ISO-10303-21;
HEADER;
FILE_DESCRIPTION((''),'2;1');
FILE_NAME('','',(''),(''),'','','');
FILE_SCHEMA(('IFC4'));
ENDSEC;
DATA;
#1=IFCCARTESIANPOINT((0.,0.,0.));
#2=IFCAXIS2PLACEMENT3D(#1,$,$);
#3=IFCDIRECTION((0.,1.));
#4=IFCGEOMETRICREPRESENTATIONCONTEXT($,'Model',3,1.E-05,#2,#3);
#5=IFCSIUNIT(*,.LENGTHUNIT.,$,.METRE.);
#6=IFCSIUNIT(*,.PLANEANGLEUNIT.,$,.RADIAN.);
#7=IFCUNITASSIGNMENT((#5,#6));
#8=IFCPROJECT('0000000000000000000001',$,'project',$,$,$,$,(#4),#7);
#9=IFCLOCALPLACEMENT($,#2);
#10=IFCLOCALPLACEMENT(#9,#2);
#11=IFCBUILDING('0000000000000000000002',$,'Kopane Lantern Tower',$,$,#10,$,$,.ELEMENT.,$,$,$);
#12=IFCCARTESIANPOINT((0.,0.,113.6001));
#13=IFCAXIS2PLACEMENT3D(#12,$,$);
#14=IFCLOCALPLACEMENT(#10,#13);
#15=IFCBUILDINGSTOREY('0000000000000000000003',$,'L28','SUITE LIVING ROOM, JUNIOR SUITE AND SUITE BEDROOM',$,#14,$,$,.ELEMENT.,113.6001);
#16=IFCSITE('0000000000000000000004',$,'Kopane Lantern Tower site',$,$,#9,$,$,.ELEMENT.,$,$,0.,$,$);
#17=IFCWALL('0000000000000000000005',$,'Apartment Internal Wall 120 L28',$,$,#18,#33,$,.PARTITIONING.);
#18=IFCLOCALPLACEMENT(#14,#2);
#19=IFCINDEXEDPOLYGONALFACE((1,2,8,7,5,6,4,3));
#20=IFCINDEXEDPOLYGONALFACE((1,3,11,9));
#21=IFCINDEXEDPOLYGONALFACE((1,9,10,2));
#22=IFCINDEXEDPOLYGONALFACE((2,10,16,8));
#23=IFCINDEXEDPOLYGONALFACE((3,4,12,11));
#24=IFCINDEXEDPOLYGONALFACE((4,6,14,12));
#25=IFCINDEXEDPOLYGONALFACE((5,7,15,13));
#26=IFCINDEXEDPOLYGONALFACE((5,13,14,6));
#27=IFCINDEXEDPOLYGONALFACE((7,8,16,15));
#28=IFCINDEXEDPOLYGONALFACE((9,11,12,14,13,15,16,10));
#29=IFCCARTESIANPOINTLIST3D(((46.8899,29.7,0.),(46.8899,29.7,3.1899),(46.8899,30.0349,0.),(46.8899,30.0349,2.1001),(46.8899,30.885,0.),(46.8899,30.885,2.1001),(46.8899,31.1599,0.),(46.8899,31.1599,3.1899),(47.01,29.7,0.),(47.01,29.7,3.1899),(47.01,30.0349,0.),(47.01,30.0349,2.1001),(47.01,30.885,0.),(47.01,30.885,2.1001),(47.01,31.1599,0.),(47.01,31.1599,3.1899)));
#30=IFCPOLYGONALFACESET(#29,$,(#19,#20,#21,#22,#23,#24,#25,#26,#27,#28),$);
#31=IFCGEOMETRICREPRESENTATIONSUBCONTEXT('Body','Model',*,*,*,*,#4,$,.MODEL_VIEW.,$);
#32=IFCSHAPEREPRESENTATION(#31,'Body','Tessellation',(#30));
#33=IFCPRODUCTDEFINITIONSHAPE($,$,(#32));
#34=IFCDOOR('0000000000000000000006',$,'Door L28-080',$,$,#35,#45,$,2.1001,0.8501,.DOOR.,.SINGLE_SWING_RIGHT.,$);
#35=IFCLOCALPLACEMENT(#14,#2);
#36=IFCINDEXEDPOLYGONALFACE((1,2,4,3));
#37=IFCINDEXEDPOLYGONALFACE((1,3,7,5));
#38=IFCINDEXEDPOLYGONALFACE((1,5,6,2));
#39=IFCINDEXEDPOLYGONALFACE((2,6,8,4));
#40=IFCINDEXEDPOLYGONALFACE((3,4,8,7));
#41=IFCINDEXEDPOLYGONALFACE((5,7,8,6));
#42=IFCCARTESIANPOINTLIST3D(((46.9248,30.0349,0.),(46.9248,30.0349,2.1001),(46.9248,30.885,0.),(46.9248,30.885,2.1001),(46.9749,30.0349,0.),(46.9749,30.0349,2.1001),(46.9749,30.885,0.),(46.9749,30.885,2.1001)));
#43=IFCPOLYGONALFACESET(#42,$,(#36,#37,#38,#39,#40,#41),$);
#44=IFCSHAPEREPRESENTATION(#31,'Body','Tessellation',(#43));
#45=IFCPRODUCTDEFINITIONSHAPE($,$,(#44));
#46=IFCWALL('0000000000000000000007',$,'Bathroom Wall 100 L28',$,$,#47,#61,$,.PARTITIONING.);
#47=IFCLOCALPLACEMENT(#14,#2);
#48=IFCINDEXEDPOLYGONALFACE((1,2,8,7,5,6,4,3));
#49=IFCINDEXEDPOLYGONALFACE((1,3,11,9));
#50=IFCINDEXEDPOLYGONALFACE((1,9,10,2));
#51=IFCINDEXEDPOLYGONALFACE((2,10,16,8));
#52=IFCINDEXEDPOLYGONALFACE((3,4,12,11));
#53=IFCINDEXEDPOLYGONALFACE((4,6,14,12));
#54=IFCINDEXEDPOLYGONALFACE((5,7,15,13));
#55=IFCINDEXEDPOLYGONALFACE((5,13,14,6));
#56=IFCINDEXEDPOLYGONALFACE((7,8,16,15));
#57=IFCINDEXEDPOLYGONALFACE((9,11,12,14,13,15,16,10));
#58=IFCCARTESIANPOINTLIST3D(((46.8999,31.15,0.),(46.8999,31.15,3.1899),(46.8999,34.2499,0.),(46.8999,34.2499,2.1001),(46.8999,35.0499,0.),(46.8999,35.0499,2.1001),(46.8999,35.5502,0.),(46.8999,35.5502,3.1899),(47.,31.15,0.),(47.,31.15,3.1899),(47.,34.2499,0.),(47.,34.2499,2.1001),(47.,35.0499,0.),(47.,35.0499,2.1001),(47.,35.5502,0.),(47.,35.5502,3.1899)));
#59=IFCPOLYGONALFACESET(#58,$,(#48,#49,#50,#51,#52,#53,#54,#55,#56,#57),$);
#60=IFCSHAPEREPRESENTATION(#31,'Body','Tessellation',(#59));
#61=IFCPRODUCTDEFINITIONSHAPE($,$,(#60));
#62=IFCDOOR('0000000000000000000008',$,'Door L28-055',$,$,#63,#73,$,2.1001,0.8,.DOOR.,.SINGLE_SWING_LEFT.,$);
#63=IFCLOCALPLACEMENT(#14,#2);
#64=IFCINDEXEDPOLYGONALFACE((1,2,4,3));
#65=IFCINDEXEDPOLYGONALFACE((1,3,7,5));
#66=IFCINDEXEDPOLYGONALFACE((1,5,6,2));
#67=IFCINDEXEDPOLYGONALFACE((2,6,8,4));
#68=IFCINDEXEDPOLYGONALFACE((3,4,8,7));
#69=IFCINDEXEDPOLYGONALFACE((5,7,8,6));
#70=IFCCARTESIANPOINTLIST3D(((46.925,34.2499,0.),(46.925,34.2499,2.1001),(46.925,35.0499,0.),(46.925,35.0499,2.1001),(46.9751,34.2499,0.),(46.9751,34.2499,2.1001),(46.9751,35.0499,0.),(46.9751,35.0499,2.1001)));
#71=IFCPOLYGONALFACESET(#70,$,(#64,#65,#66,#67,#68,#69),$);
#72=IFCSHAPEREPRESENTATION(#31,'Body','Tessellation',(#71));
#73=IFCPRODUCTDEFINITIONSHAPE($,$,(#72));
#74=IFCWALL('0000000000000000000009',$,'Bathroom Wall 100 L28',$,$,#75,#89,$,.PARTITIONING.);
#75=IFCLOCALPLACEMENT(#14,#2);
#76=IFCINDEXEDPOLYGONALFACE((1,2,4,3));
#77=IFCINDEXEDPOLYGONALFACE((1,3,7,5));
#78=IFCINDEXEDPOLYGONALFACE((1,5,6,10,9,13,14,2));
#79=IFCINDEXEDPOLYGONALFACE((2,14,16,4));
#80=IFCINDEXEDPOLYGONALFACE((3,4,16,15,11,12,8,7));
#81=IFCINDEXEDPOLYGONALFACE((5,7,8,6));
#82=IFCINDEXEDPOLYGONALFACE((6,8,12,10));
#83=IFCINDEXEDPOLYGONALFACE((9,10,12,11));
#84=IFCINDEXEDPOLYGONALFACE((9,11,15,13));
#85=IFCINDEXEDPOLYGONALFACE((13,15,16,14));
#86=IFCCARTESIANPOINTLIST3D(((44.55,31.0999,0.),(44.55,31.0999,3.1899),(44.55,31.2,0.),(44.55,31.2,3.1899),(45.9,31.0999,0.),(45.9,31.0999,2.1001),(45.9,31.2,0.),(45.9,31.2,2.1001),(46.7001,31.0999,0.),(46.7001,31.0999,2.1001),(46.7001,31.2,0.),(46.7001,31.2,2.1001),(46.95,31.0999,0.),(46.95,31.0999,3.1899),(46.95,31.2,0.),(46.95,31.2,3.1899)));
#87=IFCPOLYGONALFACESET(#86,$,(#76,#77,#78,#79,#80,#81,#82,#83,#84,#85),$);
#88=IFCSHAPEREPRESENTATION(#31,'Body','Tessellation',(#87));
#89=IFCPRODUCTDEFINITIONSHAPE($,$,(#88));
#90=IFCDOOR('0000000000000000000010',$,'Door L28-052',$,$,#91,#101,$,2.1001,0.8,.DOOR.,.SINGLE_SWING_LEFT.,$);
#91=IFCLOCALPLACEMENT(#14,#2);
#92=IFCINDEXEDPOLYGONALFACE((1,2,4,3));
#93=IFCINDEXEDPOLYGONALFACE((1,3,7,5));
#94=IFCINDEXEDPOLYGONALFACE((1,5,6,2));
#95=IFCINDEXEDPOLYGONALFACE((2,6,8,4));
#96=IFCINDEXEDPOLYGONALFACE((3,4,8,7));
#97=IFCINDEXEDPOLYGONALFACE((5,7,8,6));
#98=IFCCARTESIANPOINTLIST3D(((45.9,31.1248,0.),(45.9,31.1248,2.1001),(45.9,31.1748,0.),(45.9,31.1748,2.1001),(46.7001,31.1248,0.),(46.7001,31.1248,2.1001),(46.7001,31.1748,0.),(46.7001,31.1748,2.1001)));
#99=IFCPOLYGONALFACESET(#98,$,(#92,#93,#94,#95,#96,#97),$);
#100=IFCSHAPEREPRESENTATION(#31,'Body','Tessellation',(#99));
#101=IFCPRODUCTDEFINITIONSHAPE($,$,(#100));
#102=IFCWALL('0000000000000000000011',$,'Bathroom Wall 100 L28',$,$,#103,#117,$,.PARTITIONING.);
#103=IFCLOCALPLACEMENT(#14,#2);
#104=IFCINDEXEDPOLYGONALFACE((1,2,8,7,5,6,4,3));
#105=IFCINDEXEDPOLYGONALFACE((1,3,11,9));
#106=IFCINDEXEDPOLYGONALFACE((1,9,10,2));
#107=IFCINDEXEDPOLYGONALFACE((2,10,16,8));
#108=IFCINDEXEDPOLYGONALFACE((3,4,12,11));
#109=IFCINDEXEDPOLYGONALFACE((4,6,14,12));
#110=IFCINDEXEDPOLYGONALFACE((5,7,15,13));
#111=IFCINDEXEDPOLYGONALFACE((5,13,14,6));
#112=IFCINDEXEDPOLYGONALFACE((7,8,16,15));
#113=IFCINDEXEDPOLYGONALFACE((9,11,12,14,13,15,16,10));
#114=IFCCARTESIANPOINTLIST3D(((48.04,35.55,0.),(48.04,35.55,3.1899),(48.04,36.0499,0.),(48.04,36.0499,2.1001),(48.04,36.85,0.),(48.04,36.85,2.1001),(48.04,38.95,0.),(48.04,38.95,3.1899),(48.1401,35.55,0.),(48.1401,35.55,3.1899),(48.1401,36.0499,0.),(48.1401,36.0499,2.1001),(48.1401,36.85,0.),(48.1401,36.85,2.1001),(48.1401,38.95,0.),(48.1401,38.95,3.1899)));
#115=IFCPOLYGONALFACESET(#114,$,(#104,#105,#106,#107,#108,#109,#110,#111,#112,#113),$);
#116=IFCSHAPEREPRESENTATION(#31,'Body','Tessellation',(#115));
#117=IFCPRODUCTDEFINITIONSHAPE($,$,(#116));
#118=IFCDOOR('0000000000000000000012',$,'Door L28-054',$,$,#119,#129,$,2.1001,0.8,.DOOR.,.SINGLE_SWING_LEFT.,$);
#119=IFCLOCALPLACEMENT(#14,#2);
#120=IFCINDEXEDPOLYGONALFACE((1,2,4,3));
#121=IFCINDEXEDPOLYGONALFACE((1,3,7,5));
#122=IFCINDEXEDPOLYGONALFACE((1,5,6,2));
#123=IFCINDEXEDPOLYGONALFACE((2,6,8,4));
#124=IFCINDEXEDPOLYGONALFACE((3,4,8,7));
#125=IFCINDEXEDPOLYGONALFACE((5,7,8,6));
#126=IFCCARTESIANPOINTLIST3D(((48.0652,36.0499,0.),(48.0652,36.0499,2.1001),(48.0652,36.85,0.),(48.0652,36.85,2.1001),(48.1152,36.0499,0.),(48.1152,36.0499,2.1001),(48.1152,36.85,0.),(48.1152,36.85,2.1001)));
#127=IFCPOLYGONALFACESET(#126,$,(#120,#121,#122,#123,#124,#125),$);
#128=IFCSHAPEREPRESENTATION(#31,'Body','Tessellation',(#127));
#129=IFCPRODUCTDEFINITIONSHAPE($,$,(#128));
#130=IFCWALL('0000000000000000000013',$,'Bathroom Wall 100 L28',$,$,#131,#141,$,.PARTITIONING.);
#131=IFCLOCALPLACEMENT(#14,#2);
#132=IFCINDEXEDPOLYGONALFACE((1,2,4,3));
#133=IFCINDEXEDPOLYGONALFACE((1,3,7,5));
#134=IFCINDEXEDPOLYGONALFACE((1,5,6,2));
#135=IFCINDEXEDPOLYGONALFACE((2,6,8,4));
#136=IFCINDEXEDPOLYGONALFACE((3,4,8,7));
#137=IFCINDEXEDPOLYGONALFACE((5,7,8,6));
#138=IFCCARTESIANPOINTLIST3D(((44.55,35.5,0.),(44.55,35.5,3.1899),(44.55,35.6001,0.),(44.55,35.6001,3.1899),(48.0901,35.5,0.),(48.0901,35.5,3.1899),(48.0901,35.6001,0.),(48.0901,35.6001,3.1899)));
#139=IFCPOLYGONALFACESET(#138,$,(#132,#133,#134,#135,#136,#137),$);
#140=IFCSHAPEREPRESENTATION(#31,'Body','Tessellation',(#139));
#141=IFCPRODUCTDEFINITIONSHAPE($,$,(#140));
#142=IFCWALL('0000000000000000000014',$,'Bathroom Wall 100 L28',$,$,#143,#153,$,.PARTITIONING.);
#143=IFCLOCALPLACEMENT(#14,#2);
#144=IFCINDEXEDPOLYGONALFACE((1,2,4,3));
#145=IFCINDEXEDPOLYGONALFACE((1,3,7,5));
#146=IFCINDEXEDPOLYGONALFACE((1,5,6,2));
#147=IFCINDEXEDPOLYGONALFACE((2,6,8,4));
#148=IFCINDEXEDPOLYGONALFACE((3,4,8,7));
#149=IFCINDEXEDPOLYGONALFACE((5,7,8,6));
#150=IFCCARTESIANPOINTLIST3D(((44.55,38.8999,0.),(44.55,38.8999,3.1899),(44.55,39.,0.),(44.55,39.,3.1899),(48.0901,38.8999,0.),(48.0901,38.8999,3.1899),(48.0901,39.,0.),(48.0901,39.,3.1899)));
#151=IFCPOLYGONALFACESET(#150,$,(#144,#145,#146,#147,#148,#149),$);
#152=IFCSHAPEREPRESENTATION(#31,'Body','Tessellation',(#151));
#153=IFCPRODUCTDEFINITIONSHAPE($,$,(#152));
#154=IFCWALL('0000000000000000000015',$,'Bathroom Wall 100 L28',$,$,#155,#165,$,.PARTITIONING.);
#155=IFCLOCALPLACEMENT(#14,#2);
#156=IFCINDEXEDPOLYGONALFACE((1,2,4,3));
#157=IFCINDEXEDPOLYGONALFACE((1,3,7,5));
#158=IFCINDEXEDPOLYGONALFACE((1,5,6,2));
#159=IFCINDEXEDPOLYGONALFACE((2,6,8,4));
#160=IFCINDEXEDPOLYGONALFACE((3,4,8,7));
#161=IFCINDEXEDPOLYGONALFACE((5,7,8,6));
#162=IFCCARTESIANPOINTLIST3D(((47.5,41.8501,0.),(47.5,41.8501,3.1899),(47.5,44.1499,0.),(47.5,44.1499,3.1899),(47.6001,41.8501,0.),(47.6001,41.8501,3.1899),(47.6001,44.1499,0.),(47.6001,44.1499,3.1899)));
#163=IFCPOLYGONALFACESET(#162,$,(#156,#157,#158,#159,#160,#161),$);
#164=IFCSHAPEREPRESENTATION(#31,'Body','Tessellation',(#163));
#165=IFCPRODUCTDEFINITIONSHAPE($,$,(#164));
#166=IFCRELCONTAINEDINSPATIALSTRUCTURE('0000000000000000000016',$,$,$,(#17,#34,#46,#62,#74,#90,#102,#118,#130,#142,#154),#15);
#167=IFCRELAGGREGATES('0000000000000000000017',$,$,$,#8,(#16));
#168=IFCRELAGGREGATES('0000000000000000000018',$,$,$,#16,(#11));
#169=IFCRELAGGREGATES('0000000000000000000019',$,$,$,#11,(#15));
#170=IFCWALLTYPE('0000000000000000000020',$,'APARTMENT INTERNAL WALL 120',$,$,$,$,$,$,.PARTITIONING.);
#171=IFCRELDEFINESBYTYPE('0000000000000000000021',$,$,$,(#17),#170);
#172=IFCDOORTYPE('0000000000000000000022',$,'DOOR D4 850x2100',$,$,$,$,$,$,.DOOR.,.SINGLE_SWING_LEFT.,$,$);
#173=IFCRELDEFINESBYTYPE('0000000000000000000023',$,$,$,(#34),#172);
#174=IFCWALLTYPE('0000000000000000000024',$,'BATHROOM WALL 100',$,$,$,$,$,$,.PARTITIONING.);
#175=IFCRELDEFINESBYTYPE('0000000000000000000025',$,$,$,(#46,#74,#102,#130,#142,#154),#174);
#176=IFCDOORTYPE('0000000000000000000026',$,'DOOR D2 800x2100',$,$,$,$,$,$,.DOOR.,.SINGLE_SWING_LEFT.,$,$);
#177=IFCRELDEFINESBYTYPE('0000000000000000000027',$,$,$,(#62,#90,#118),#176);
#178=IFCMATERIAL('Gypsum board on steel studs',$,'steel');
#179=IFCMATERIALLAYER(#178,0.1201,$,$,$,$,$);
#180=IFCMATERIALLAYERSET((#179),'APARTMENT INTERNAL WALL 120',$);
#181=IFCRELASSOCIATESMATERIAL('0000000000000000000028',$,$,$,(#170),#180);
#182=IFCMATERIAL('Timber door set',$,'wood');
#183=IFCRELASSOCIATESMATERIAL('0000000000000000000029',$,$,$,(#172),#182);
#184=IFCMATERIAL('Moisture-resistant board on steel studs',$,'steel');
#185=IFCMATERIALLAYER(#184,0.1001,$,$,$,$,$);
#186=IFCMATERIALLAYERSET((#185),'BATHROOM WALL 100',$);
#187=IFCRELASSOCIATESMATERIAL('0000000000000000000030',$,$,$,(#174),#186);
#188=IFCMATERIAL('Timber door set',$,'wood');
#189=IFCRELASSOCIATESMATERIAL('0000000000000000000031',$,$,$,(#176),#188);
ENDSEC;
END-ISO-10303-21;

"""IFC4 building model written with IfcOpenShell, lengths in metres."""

from ifc_helpers import new_model, si_unit, direction, frame, frame_2d, origin, place, context, subcontext, project, spatial, rectangle, extrude, material, layer, layer_set, type_object, element, fill, save


model = new_model("IFC4")

# Units and contexts
model_context = context("Model", 3, precision=1e-05, world=origin(), true_north=direction((0.0, 1.0)))
body_context = subcontext(model_context, "Body", "Model", "MODEL_VIEW")
ifc_project = project(units=[si_unit("LENGTHUNIT", "METRE"), si_unit("PLANEANGLEUNIT", "RADIAN")], contexts=[model_context])

# Site, building, storey
site_placement = place(None, origin())
site = spatial("IfcSite", under=ifc_project, at=site_placement, Name="Kopane Lantern Tower site", CompositionType="ELEMENT", RefElevation=0.0)
building_placement = place(site_placement, origin())
building = spatial("IfcBuilding", under=site, at=building_placement, Name="Kopane Lantern Tower", CompositionType="ELEMENT")
storey_placement = place(building_placement, frame((0.0, 0.0, 113.6001)))
storey = spatial("IfcBuildingStorey", under=building, at=storey_placement, Name="L28", Description="SUITE LIVING ROOM, JUNIOR SUITE AND SUITE BEDROOM", CompositionType="ELEMENT", Elevation=113.6001)

# Walls, openings, doors
ifc_material_1 = material(Name="Gypsum board on steel studs", Category="steel")
ifc_layer_1 = layer(ifc_material_1, 0.1201)
ifc_layer_set_1 = layer_set([ifc_layer_1], Name="APARTMENT INTERNAL WALL 120")
wall_type_1 = type_object("IfcWallType", Name="APARTMENT INTERNAL WALL 120", PredefinedType="PARTITIONING", material=ifc_layer_set_1)
wall_1_placement = place(storey_placement, frame((46.95, 31.1599, 0.0), z_axis=(0.0, 0.0, 1.0), x_axis=(0.0, -1.0, 0.0)))
wall_1 = element("IfcWall", 1, at=wall_1_placement, inside=storey, type_object=wall_type_1, Name="Apartment Internal Wall 120 L28", PredefinedType="PARTITIONING", context=body_context, shape_type="SweptSolid", body=[
    extrude(rectangle(XDim=1.46, YDim=0.1201, at=frame_2d((0.73, 0.0))), origin(), (0.0, 0.0, 1.0), 3.1899),
])
opening_1_placement = place(wall_1_placement, frame((0.2749, 0.0, 0.0)))
opening_1 = element("IfcOpeningElement", 2, at=opening_1_placement, cuts=wall_1, PredefinedType="OPENING", context=body_context, shape_type="SweptSolid", body=[
    extrude(rectangle(XDim=0.8501, YDim=2.1001, at=frame_2d((0.425, 1.05))), frame((0.0, 0.0701, 0.0), z_axis=(0.0, -1.0, 0.0), x_axis=(1.0, 0.0, 0.0)), (0.0, 0.0, 1.0), 0.1401),
])
ifc_material_2 = material(Name="Timber door set", Category="wood")
door_type_1 = type_object("IfcDoorType", Name="DOOR D4 850x2100", OperationType="SINGLE_SWING_LEFT", PredefinedType="DOOR", material=ifc_material_2)
door_1_placement = place(opening_1_placement, origin())
door_1 = element("IfcDoor", 3, at=door_1_placement, inside=storey, type_object=door_type_1, Name="Door L28-080", OperationType="SINGLE_SWING_RIGHT", OverallHeight=2.1001, OverallWidth=0.8501, PredefinedType="DOOR", context=body_context, shape_type="SweptSolid", body=[
    extrude(rectangle(XDim=0.8501, YDim=2.1001, at=frame_2d((0.425, 1.05))), frame((0.0, 0.0249, 0.0), z_axis=(0.0, -1.0, 0.0), x_axis=(1.0, 0.0, 0.0)), (0.0, 0.0, 1.0), 0.05),
])
fill(opening_1, door_1)
ifc_material_3 = material(Name="Moisture-resistant board on steel studs", Category="steel")
ifc_layer_2 = layer(ifc_material_3, 0.1001)
ifc_layer_set_2 = layer_set([ifc_layer_2], Name="BATHROOM WALL 100")
wall_type_2 = type_object("IfcWallType", Name="BATHROOM WALL 100", PredefinedType="PARTITIONING", material=ifc_layer_set_2)
wall_2_placement = place(storey_placement, frame((46.95, 31.1499, 0.0), z_axis=(0.0, 0.0, 1.0), x_axis=(0.0, 1.0, 0.0)))
wall_2 = element("IfcWall", 4, at=wall_2_placement, inside=storey, type_object=wall_type_2, Name="Bathroom Wall 100 L28", PredefinedType="PARTITIONING", context=body_context, shape_type="SweptSolid", body=[
    extrude(rectangle(XDim=4.4001, YDim=0.1001, at=frame_2d((2.2002, 0.0))), origin(), (0.0, 0.0, 1.0), 3.1899),
])
opening_2_placement = place(wall_2_placement, frame((3.1001, 0.0, 0.0)))
opening_2 = element("IfcOpeningElement", 5, at=opening_2_placement, cuts=wall_2, PredefinedType="OPENING", context=body_context, shape_type="SweptSolid", body=[
    extrude(rectangle(XDim=0.8, YDim=2.1001, at=frame_2d((0.3999, 1.05))), frame((0.0, 0.0601, 0.0), z_axis=(0.0, -1.0, 0.0), x_axis=(1.0, 0.0, 0.0)), (0.0, 0.0, 1.0), 0.1201),
])
ifc_material_4 = material(Name="Timber door set", Category="wood")
door_type_2 = type_object("IfcDoorType", Name="DOOR D2 800x2100", OperationType="SINGLE_SWING_LEFT", PredefinedType="DOOR", material=ifc_material_4)
door_2_placement = place(opening_2_placement, origin())
door_2 = element("IfcDoor", 6, at=door_2_placement, inside=storey, type_object=door_type_2, Name="Door L28-055", OperationType="SINGLE_SWING_LEFT", OverallHeight=2.1001, OverallWidth=0.8, PredefinedType="DOOR", context=body_context, shape_type="SweptSolid", body=[
    extrude(rectangle(XDim=0.8, YDim=2.1001, at=frame_2d((0.3999, 1.05))), frame((0.0, 0.0249, 0.0), z_axis=(0.0, -1.0, 0.0), x_axis=(1.0, 0.0, 0.0)), (0.0, 0.0, 1.0), 0.05),
])
fill(opening_2, door_2)
wall_3_placement = place(storey_placement, frame((44.55, 31.1499, 0.0), z_axis=(0.0, 0.0, 1.0), x_axis=(1.0, 0.0, 0.0)))
wall_3 = element("IfcWall", 7, at=wall_3_placement, inside=storey, type_object=wall_type_2, Name="Bathroom Wall 100 L28", PredefinedType="PARTITIONING", context=body_context, shape_type="SweptSolid", body=[
    extrude(rectangle(XDim=2.3999, YDim=0.1001, at=frame_2d((1.2, 0.0))), origin(), (0.0, 0.0, 1.0), 3.1899),
])
opening_3_placement = place(wall_3_placement, frame((1.3501, 0.0, 0.0)))
opening_3 = element("IfcOpeningElement", 8, at=opening_3_placement, cuts=wall_3, PredefinedType="OPENING", context=body_context, shape_type="SweptSolid", body=[
    extrude(rectangle(XDim=0.8, YDim=2.1001, at=frame_2d((0.3999, 1.05))), frame((0.0, 0.0601, 0.0), z_axis=(0.0, -1.0, 0.0), x_axis=(1.0, 0.0, 0.0)), (0.0, 0.0, 1.0), 0.1201),
])
door_3_placement = place(opening_3_placement, origin())
door_3 = element("IfcDoor", 9, at=door_3_placement, inside=storey, type_object=door_type_2, Name="Door L28-052", OperationType="SINGLE_SWING_LEFT", OverallHeight=2.1001, OverallWidth=0.8, PredefinedType="DOOR", context=body_context, shape_type="SweptSolid", body=[
    extrude(rectangle(XDim=0.8, YDim=2.1001, at=frame_2d((0.3999, 1.05))), frame((0.0, 0.0249, 0.0), z_axis=(0.0, -1.0, 0.0), x_axis=(1.0, 0.0, 0.0)), (0.0, 0.0, 1.0), 0.05),
])
fill(opening_3, door_3)
wall_4_placement = place(storey_placement, frame((48.0901, 35.55, 0.0), z_axis=(0.0, 0.0, 1.0), x_axis=(0.0, 1.0, 0.0)))
wall_4 = element("IfcWall", 10, at=wall_4_placement, inside=storey, type_object=wall_type_2, Name="Bathroom Wall 100 L28", PredefinedType="PARTITIONING", context=body_context, shape_type="SweptSolid", body=[
    extrude(rectangle(XDim=3.3999, YDim=0.1001, at=frame_2d((1.7, 0.0))), origin(), (0.0, 0.0, 1.0), 3.1899),
])
opening_4_placement = place(wall_4_placement, frame((0.5, 0.0, 0.0)))
opening_4 = element("IfcOpeningElement", 11, at=opening_4_placement, cuts=wall_4, PredefinedType="OPENING", context=body_context, shape_type="SweptSolid", body=[
    extrude(rectangle(XDim=0.8, YDim=2.1001, at=frame_2d((0.3999, 1.05))), frame((0.0, 0.0601, 0.0), z_axis=(0.0, -1.0, 0.0), x_axis=(1.0, 0.0, 0.0)), (0.0, 0.0, 1.0), 0.1201),
])
door_4_placement = place(opening_4_placement, origin())
door_4 = element("IfcDoor", 12, at=door_4_placement, inside=storey, type_object=door_type_2, Name="Door L28-054", OperationType="SINGLE_SWING_LEFT", OverallHeight=2.1001, OverallWidth=0.8, PredefinedType="DOOR", context=body_context, shape_type="SweptSolid", body=[
    extrude(rectangle(XDim=0.8, YDim=2.1001, at=frame_2d((0.3999, 1.05))), frame((0.0, 0.0249, 0.0), z_axis=(0.0, -1.0, 0.0), x_axis=(1.0, 0.0, 0.0)), (0.0, 0.0, 1.0), 0.05),
])
fill(opening_4, door_4)

# Walls
for number, where, z_axis, x_axis, name in (
    (13, (44.55, 35.55, 0.0), (0.0, 0.0, 1.0), (1.0, 0.0, 0.0), "Bathroom Wall 100 L28"),
    (14, (44.55, 38.95, 0.0), (0.0, 0.0, 1.0), (1.0, 0.0, 0.0), "Bathroom Wall 100 L28"),
):
    element("IfcWall", number, at=place(storey_placement, frame(where, z_axis=z_axis, x_axis=x_axis)), inside=storey, type_object=wall_type_2, Name=name, PredefinedType="PARTITIONING", context=body_context, shape_type="SweptSolid", body=[
        extrude(rectangle(XDim=3.54, YDim=0.1001, at=frame_2d((1.77, 0.0))), origin(), (0.0, 0.0, 1.0), 3.1899),
    ])
wall_5_placement = place(storey_placement, frame((47.55, 41.8501, 0.0), z_axis=(0.0, 0.0, 1.0), x_axis=(0.0, 1.0, 0.0)))
element("IfcWall", 15, at=wall_5_placement, inside=storey, type_object=wall_type_2, Name="Bathroom Wall 100 L28", PredefinedType="PARTITIONING", context=body_context, shape_type="SweptSolid", body=[
    extrude(rectangle(XDim=2.2998, YDim=0.1001, at=frame_2d((1.1499, 0.0))), origin(), (0.0, 0.0, 1.0), 3.1899),
])

save(model, "model.ifc")
